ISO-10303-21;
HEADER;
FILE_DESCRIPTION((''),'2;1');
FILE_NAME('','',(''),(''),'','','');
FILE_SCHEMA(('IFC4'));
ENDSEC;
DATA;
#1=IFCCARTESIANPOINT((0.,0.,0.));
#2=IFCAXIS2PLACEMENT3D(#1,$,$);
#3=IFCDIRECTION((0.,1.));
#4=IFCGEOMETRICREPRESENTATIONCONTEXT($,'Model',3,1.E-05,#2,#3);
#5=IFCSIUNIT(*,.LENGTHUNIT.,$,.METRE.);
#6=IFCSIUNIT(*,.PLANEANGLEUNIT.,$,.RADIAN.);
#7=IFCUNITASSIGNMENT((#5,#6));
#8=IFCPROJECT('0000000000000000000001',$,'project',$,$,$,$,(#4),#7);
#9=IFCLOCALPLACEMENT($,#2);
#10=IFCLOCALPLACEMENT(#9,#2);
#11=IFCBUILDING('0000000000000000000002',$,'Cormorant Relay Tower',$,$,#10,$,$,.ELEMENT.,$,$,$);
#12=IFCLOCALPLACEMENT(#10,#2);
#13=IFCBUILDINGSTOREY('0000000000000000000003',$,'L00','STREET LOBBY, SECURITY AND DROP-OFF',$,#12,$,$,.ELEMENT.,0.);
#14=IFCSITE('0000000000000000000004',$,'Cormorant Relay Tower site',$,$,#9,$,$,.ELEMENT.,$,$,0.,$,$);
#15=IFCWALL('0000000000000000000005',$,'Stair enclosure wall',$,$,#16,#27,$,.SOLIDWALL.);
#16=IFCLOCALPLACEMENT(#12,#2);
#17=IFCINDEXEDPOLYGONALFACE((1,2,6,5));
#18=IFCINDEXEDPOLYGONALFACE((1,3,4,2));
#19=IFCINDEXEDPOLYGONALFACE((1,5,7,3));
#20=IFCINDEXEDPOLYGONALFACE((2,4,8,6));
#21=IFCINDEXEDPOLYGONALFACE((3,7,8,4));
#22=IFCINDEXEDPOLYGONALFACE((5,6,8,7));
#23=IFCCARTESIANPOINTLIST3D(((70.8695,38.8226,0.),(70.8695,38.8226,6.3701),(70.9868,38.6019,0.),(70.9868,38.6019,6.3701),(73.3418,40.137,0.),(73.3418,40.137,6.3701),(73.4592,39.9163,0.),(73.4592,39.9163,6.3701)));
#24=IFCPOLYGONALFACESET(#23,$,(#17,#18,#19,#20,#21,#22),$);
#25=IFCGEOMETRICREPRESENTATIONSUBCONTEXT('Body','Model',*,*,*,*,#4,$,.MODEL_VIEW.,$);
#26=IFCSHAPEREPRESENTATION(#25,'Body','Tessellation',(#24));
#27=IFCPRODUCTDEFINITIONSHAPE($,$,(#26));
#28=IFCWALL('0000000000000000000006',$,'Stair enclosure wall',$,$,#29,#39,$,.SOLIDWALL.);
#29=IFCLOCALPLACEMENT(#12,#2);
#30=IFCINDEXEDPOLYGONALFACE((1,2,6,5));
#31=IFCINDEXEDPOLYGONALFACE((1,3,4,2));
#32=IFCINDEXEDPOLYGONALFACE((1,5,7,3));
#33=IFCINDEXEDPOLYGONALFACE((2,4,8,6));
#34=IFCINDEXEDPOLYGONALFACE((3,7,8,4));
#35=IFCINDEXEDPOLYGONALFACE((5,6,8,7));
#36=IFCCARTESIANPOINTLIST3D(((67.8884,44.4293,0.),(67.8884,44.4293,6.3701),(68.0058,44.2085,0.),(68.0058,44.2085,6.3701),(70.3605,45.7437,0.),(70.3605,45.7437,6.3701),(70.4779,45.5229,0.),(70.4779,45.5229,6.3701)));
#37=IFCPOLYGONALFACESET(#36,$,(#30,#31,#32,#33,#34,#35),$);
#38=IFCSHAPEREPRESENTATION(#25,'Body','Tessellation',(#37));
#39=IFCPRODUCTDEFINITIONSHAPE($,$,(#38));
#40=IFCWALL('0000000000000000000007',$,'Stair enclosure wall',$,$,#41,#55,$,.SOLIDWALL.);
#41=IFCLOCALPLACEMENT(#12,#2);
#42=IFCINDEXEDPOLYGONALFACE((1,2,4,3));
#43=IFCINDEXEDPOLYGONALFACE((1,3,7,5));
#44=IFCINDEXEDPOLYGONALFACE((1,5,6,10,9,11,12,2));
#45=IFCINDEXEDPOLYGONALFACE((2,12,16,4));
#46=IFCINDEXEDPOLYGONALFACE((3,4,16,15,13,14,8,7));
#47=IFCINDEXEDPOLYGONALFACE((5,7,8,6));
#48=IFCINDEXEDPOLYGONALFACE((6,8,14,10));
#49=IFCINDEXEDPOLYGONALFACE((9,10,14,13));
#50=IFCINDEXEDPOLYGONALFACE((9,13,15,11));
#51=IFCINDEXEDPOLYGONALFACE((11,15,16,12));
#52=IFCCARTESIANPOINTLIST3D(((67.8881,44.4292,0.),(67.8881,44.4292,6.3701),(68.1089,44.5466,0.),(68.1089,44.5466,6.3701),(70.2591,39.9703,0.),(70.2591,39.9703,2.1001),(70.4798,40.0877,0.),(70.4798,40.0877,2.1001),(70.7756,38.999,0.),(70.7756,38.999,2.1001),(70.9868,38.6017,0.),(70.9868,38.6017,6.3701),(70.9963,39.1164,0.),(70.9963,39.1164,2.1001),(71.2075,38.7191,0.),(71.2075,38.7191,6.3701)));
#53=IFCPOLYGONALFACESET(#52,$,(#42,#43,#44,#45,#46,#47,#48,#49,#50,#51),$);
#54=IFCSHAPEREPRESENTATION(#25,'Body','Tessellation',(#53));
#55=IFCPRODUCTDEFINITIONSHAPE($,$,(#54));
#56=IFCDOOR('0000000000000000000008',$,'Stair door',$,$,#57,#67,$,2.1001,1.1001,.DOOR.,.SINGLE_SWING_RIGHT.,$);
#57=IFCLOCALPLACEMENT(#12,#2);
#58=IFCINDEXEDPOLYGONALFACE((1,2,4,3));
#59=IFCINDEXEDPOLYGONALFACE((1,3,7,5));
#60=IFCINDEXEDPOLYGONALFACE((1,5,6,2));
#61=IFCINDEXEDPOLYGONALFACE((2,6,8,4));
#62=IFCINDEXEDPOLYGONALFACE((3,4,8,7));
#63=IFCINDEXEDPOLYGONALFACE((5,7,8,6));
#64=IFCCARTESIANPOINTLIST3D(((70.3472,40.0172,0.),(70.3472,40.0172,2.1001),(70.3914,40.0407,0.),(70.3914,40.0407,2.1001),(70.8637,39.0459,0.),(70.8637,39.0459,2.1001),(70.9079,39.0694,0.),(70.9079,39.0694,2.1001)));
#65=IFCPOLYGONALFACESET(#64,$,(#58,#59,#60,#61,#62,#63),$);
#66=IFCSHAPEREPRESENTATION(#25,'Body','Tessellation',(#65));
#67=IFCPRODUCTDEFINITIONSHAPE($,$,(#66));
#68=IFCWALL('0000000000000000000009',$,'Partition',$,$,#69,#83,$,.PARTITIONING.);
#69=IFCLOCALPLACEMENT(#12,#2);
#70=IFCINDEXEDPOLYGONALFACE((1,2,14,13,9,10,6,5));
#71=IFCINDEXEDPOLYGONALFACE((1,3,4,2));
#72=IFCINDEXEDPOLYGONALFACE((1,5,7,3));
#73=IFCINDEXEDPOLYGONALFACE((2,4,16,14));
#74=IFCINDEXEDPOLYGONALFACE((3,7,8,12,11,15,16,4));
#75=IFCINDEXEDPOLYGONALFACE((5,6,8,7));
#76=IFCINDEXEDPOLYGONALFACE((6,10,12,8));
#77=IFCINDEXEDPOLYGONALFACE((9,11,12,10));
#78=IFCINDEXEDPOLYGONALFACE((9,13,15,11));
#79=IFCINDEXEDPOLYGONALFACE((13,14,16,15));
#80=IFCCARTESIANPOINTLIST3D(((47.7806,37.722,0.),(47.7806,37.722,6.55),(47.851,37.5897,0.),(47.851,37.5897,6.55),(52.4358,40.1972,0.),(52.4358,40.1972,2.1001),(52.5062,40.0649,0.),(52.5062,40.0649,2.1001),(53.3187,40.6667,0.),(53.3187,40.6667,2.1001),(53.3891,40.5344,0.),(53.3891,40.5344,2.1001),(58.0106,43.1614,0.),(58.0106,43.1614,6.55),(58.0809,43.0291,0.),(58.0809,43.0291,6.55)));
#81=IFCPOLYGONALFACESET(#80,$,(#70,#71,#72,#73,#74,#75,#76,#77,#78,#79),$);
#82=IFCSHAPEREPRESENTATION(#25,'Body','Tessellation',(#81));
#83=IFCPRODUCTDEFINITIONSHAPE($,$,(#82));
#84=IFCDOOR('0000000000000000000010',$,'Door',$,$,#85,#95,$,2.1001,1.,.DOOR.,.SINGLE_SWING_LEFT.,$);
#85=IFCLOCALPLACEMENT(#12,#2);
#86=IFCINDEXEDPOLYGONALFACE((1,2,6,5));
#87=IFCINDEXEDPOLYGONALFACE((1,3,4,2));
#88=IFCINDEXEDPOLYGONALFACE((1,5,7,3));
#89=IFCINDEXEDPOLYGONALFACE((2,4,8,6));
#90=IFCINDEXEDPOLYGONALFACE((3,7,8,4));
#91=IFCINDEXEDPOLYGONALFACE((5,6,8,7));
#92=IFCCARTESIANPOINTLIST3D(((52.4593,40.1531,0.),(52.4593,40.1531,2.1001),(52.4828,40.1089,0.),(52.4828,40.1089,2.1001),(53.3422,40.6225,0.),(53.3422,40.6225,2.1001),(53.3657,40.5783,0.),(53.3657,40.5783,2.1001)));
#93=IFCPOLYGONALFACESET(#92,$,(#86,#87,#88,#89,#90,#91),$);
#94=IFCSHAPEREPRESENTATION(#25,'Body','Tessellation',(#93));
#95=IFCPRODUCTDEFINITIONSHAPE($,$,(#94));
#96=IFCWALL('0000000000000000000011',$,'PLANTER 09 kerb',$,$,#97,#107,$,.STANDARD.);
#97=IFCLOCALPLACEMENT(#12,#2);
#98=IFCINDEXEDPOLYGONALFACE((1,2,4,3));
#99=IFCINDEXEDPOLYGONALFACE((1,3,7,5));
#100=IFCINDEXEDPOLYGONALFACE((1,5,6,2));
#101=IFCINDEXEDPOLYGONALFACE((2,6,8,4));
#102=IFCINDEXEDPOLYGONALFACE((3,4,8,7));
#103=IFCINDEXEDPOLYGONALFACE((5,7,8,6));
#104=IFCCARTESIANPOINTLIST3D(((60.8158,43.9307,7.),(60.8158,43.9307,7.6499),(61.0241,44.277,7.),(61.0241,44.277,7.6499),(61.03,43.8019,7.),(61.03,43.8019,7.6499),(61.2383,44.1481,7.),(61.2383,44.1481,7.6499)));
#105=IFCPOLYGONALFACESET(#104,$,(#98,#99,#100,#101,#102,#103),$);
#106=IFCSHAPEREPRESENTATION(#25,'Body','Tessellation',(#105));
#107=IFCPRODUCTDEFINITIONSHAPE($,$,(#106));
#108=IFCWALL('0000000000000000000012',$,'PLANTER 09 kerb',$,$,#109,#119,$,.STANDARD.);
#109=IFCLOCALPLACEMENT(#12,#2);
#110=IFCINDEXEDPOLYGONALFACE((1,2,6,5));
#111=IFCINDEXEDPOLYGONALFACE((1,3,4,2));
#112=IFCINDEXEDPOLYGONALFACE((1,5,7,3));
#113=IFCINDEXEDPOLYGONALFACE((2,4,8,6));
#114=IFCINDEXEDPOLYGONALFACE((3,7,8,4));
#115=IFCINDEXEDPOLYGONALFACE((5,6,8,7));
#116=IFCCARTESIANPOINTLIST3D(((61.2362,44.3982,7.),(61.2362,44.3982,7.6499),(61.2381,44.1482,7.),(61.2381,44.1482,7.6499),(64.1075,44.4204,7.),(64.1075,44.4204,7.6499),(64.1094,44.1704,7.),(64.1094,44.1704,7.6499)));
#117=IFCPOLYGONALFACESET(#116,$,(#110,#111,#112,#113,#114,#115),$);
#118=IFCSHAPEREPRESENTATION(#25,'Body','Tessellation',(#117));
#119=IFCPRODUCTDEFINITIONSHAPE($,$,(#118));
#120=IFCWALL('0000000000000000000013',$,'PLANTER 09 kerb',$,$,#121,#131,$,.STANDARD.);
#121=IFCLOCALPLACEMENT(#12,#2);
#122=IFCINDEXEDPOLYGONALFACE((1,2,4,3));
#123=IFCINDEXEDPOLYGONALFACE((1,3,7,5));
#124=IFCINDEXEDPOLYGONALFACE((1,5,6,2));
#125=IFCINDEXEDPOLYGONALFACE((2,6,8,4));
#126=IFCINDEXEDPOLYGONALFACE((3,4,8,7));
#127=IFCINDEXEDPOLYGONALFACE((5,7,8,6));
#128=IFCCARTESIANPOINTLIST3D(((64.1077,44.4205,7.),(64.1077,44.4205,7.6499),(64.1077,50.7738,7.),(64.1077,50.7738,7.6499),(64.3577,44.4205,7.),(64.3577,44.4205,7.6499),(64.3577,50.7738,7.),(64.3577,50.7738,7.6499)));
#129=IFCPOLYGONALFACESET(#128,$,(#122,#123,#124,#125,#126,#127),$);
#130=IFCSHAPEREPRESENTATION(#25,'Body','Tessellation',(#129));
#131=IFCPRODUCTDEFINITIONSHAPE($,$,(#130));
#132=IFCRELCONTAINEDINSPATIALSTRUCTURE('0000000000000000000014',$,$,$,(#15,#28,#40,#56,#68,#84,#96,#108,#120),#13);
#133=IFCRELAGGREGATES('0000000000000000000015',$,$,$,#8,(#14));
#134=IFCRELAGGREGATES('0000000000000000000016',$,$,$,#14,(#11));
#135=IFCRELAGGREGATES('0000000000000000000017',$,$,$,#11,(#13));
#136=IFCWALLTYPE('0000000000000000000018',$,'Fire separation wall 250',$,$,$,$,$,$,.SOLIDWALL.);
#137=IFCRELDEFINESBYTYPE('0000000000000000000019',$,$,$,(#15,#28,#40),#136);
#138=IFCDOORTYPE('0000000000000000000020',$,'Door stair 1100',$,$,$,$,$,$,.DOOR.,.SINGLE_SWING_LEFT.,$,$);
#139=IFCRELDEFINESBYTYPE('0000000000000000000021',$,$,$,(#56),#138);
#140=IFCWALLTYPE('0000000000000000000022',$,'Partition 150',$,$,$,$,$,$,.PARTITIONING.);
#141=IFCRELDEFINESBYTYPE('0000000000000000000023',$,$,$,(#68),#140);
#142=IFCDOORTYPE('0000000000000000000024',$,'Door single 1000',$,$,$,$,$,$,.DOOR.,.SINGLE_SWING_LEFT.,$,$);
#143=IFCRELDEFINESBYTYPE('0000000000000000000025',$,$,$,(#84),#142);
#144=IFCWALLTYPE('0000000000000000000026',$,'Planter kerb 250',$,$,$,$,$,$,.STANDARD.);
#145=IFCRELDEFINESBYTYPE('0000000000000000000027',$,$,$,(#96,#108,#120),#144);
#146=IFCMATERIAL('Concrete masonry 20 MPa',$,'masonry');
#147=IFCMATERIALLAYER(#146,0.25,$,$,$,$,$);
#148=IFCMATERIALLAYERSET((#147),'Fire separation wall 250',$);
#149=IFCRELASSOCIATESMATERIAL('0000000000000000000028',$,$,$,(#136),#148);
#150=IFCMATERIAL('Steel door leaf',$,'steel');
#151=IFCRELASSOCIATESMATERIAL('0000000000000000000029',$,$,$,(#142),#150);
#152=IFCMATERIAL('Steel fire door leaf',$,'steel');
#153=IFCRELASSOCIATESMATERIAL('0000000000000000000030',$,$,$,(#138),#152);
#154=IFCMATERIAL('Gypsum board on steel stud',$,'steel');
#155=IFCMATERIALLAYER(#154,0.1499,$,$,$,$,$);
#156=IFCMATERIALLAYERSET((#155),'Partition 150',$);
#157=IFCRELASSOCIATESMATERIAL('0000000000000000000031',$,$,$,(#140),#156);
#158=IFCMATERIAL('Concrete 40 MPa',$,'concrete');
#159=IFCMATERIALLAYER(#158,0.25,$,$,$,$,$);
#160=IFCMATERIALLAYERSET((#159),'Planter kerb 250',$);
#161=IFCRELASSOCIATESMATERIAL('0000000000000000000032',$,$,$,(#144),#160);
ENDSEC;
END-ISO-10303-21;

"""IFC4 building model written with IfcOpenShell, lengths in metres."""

from ifc_helpers import new_model, si_unit, direction, frame, frame_2d, origin, place, context, subcontext, project, spatial, rectangle, extrude, material, layer, layer_set, type_object, element, fill, save


model = new_model("IFC4")

# Units and contexts
model_context = context("Model", 3, precision=1e-05, world=origin(), true_north=direction((0.0, 1.0)))
body_context = subcontext(model_context, "Body", "Model", "MODEL_VIEW")
ifc_project = project(units=[si_unit("LENGTHUNIT", "METRE"), si_unit("PLANEANGLEUNIT", "RADIAN")], contexts=[model_context])

# Site, building, storey
site_placement = place(None, origin())
site = spatial("IfcSite", under=ifc_project, at=site_placement, Name="Cormorant Relay Tower site", CompositionType="ELEMENT", RefElevation=0.0)
building_placement = place(site_placement, origin())
building = spatial("IfcBuilding", under=site, at=building_placement, Name="Cormorant Relay Tower", CompositionType="ELEMENT")
storey_placement = place(building_placement, origin())
storey = spatial("IfcBuildingStorey", under=building, at=storey_placement, Name="L00", Description="STREET LOBBY, SECURITY AND DROP-OFF", CompositionType="ELEMENT", Elevation=0.0)

# Shared definitions
ifc_material_1 = material(Name="Concrete masonry 20 MPa", Category="masonry")
ifc_layer_1 = layer(ifc_material_1, 0.25)
ifc_layer_set_1 = layer_set([ifc_layer_1], Name="Fire separation wall 250")
wall_type_1 = type_object("IfcWallType", Name="Fire separation wall 250", PredefinedType="SOLIDWALL", material=ifc_layer_set_1)

# Shared definitions
ifc_material_2 = material(Name="Steel door leaf", Category="steel")
door_type_1 = type_object("IfcDoorType", Name="Door single 1000", OperationType="SINGLE_SWING_LEFT", PredefinedType="DOOR", material=ifc_material_2)

# Walls
wall_1_placement = place(storey_placement, frame((73.4004, 40.0266, 0.0), z_axis=(0.0, 0.0, 1.0), x_axis=(-0.88297, -0.469429, 0.0)))
element("IfcWall", 1, at=wall_1_placement, inside=storey, type_object=wall_type_1, Name="Stair enclosure wall", PredefinedType="SOLIDWALL", context=body_context, shape_type="SweptSolid", body=[
    extrude(rectangle(XDim=2.8, YDim=0.25, at=frame_2d((1.3999, 0.0))), origin(), (0.0, 0.0, 1.0), 6.3701),
])
wall_2_placement = place(storey_placement, frame((70.4192, 45.6333, 0.0), z_axis=(0.0, 0.0, 1.0), x_axis=(-0.882951, -0.469465, 0.0)))
element("IfcWall", 2, at=wall_2_placement, inside=storey, type_object=wall_type_1, Name="Stair enclosure wall", PredefinedType="SOLIDWALL", context=body_context, shape_type="SweptSolid", body=[
    extrude(rectangle(XDim=2.7998, YDim=0.25, at=frame_2d((1.3999, 0.0))), origin(), (0.0, 0.0, 1.0), 6.3701),
])

# Walls, openings, doors
wall_3_placement = place(storey_placement, frame((71.0972, 38.6604, 0.0), z_axis=(0.0, 0.0, 1.0), x_axis=(-0.46949, 0.882938, 0.0)))
wall_3 = element("IfcWall", 3, at=wall_3_placement, inside=storey, type_object=wall_type_1, Name="Stair enclosure wall", PredefinedType="SOLIDWALL", context=body_context, shape_type="SweptSolid", body=[
    extrude(rectangle(XDim=6.6001, YDim=0.25, at=frame_2d((3.3, 0.0))), origin(), (0.0, 0.0, 1.0), 6.3701),
])
opening_1_placement = place(wall_3_placement, frame((0.45, 0.0, 0.0)))
opening_1 = element("IfcOpeningElement", 4, at=opening_1_placement, cuts=wall_3, PredefinedType="OPENING", context=body_context, shape_type="SweptSolid", body=[
    extrude(rectangle(XDim=1.1001, YDim=2.1001, at=frame_2d((0.55, 1.05))), frame((0.0, 0.135, 0.0), z_axis=(0.0, -1.0, 0.0), x_axis=(1.0, 0.0, 0.0)), (0.0, 0.0, 1.0), 0.27),
])
ifc_material_3 = material(Name="Steel fire door leaf", Category="steel")
door_type_2 = type_object("IfcDoorType", Name="Door stair 1100", OperationType="SINGLE_SWING_LEFT", PredefinedType="DOOR", material=ifc_material_3)
door_1_placement = place(opening_1_placement, frame((1.1001, 0.0, 0.0), z_axis=(0.0, 0.0, 1.0), x_axis=(-1.0, 0.0, 0.0)))
door_1 = element("IfcDoor", 5, at=door_1_placement, inside=storey, type_object=door_type_2, Name="Stair door", OperationType="SINGLE_SWING_RIGHT", OverallHeight=2.1001, OverallWidth=1.1001, PredefinedType="DOOR", context=body_context, shape_type="SweptSolid", body=[
    extrude(rectangle(XDim=1.1001, YDim=2.1001, at=frame_2d((0.55, 1.05))), frame((0.0, 0.0249, 0.0), z_axis=(0.0, -1.0, 0.0), x_axis=(1.0, 0.0, 0.0)), (0.0, 0.0, 1.0), 0.05),
])
fill(opening_1, door_1)
ifc_material_4 = material(Name="Gypsum board on steel stud", Category="steel")
ifc_layer_2 = layer(ifc_material_4, 0.1499)
ifc_layer_set_2 = layer_set([ifc_layer_2], Name="Partition 150")
wall_type_2 = type_object("IfcWallType", Name="Partition 150", PredefinedType="PARTITIONING", material=ifc_layer_set_2)
wall_4_placement = place(storey_placement, frame((58.0457, 43.0952, 0.0), z_axis=(0.0, 0.0, 1.0), x_axis=(-0.882945, -0.469477, 0.0)))
wall_4 = element("IfcWall", 6, at=wall_4_placement, inside=storey, type_object=wall_type_2, Name="Partition", PredefinedType="PARTITIONING", context=body_context, shape_type="SweptSolid", body=[
    extrude(rectangle(XDim=11.5862, YDim=0.1499, at=frame_2d((5.793, 0.0))), origin(), (0.0, 0.0, 1.0), 6.55),
])
opening_2_placement = place(wall_4_placement, frame((5.3137, 0.0, 0.0)))
opening_2 = element("IfcOpeningElement", 7, at=opening_2_placement, cuts=wall_4, PredefinedType="OPENING", context=body_context, shape_type="SweptSolid", body=[
    extrude(rectangle(XDim=1.0, YDim=2.1001, at=frame_2d((0.5, 1.05))), frame((0.0, 0.085, 0.0), z_axis=(0.0, -1.0, 0.0), x_axis=(1.0, 0.0, 0.0)), (0.0, 0.0, 1.0), 0.1699),
])
door_2_placement = place(opening_2_placement, frame((1.0, 0.0, 0.0), z_axis=(0.0, 0.0, 1.0), x_axis=(-1.0, 0.0, 0.0)))
door_2 = element("IfcDoor", 8, at=door_2_placement, inside=storey, type_object=door_type_1, Name="Door", OperationType="SINGLE_SWING_LEFT", OverallHeight=2.1001, OverallWidth=1.0, PredefinedType="DOOR", context=body_context, shape_type="SweptSolid", body=[
    extrude(rectangle(XDim=1.0, YDim=2.1001, at=frame_2d((0.5, 1.05))), frame((0.0, 0.0249, 0.0), z_axis=(0.0, -1.0, 0.0), x_axis=(1.0, 0.0, 0.0)), (0.0, 0.0, 1.0), 0.05),
])
fill(opening_2, door_2)

# Walls
ifc_material_5 = material(Name="Concrete 40 MPa", Category="concrete")
ifc_layer_3 = layer(ifc_material_5, 0.25)
ifc_layer_set_3 = layer_set([ifc_layer_3], Name="Planter kerb 250")
wall_type_3 = type_object("IfcWallType", Name="Planter kerb 250", PredefinedType="STANDARD", material=ifc_layer_set_3)
wall_5_placement = place(storey_placement, frame((60.9229, 43.8662, 7.0), z_axis=(0.0, 0.0, 1.0), x_axis=(0.515473, 0.856906, 0.0)))
element("IfcWall", 9, at=wall_5_placement, inside=storey, type_object=wall_type_3, Name="PLANTER 09 kerb", PredefinedType="STANDARD", context=body_context, shape_type="SweptSolid", body=[
    extrude(rectangle(XDim=0.4041, YDim=0.25, at=frame_2d((0.2021, 0.0))), origin(), (0.0, 0.0, 1.0), 0.6499),
])
wall_6_placement = place(storey_placement, frame((61.2373, 44.2732, 7.0), z_axis=(0.0, 0.0, 1.0), x_axis=(0.99997, 0.007737, 0.0)))
element("IfcWall", 10, at=wall_6_placement, inside=storey, type_object=wall_type_3, Name="PLANTER 09 kerb", PredefinedType="STANDARD", context=body_context, shape_type="SweptSolid", body=[
    extrude(rectangle(XDim=2.8713, YDim=0.25, at=frame_2d((1.4355, 0.0))), origin(), (0.0, 0.0, 1.0), 0.6499),
])
wall_7_placement = place(storey_placement, frame((64.2327, 44.4204, 7.0), z_axis=(0.0, 0.0, 1.0), x_axis=(0.0, 1.0, 0.0)))
element("IfcWall", 11, at=wall_7_placement, inside=storey, type_object=wall_type_3, Name="PLANTER 09 kerb", PredefinedType="STANDARD", context=body_context, shape_type="SweptSolid", body=[
    extrude(rectangle(XDim=6.3533, YDim=0.25, at=frame_2d((3.1768, 0.0))), origin(), (0.0, 0.0, 1.0), 0.6499),
])

save(model, "model.ifc")
